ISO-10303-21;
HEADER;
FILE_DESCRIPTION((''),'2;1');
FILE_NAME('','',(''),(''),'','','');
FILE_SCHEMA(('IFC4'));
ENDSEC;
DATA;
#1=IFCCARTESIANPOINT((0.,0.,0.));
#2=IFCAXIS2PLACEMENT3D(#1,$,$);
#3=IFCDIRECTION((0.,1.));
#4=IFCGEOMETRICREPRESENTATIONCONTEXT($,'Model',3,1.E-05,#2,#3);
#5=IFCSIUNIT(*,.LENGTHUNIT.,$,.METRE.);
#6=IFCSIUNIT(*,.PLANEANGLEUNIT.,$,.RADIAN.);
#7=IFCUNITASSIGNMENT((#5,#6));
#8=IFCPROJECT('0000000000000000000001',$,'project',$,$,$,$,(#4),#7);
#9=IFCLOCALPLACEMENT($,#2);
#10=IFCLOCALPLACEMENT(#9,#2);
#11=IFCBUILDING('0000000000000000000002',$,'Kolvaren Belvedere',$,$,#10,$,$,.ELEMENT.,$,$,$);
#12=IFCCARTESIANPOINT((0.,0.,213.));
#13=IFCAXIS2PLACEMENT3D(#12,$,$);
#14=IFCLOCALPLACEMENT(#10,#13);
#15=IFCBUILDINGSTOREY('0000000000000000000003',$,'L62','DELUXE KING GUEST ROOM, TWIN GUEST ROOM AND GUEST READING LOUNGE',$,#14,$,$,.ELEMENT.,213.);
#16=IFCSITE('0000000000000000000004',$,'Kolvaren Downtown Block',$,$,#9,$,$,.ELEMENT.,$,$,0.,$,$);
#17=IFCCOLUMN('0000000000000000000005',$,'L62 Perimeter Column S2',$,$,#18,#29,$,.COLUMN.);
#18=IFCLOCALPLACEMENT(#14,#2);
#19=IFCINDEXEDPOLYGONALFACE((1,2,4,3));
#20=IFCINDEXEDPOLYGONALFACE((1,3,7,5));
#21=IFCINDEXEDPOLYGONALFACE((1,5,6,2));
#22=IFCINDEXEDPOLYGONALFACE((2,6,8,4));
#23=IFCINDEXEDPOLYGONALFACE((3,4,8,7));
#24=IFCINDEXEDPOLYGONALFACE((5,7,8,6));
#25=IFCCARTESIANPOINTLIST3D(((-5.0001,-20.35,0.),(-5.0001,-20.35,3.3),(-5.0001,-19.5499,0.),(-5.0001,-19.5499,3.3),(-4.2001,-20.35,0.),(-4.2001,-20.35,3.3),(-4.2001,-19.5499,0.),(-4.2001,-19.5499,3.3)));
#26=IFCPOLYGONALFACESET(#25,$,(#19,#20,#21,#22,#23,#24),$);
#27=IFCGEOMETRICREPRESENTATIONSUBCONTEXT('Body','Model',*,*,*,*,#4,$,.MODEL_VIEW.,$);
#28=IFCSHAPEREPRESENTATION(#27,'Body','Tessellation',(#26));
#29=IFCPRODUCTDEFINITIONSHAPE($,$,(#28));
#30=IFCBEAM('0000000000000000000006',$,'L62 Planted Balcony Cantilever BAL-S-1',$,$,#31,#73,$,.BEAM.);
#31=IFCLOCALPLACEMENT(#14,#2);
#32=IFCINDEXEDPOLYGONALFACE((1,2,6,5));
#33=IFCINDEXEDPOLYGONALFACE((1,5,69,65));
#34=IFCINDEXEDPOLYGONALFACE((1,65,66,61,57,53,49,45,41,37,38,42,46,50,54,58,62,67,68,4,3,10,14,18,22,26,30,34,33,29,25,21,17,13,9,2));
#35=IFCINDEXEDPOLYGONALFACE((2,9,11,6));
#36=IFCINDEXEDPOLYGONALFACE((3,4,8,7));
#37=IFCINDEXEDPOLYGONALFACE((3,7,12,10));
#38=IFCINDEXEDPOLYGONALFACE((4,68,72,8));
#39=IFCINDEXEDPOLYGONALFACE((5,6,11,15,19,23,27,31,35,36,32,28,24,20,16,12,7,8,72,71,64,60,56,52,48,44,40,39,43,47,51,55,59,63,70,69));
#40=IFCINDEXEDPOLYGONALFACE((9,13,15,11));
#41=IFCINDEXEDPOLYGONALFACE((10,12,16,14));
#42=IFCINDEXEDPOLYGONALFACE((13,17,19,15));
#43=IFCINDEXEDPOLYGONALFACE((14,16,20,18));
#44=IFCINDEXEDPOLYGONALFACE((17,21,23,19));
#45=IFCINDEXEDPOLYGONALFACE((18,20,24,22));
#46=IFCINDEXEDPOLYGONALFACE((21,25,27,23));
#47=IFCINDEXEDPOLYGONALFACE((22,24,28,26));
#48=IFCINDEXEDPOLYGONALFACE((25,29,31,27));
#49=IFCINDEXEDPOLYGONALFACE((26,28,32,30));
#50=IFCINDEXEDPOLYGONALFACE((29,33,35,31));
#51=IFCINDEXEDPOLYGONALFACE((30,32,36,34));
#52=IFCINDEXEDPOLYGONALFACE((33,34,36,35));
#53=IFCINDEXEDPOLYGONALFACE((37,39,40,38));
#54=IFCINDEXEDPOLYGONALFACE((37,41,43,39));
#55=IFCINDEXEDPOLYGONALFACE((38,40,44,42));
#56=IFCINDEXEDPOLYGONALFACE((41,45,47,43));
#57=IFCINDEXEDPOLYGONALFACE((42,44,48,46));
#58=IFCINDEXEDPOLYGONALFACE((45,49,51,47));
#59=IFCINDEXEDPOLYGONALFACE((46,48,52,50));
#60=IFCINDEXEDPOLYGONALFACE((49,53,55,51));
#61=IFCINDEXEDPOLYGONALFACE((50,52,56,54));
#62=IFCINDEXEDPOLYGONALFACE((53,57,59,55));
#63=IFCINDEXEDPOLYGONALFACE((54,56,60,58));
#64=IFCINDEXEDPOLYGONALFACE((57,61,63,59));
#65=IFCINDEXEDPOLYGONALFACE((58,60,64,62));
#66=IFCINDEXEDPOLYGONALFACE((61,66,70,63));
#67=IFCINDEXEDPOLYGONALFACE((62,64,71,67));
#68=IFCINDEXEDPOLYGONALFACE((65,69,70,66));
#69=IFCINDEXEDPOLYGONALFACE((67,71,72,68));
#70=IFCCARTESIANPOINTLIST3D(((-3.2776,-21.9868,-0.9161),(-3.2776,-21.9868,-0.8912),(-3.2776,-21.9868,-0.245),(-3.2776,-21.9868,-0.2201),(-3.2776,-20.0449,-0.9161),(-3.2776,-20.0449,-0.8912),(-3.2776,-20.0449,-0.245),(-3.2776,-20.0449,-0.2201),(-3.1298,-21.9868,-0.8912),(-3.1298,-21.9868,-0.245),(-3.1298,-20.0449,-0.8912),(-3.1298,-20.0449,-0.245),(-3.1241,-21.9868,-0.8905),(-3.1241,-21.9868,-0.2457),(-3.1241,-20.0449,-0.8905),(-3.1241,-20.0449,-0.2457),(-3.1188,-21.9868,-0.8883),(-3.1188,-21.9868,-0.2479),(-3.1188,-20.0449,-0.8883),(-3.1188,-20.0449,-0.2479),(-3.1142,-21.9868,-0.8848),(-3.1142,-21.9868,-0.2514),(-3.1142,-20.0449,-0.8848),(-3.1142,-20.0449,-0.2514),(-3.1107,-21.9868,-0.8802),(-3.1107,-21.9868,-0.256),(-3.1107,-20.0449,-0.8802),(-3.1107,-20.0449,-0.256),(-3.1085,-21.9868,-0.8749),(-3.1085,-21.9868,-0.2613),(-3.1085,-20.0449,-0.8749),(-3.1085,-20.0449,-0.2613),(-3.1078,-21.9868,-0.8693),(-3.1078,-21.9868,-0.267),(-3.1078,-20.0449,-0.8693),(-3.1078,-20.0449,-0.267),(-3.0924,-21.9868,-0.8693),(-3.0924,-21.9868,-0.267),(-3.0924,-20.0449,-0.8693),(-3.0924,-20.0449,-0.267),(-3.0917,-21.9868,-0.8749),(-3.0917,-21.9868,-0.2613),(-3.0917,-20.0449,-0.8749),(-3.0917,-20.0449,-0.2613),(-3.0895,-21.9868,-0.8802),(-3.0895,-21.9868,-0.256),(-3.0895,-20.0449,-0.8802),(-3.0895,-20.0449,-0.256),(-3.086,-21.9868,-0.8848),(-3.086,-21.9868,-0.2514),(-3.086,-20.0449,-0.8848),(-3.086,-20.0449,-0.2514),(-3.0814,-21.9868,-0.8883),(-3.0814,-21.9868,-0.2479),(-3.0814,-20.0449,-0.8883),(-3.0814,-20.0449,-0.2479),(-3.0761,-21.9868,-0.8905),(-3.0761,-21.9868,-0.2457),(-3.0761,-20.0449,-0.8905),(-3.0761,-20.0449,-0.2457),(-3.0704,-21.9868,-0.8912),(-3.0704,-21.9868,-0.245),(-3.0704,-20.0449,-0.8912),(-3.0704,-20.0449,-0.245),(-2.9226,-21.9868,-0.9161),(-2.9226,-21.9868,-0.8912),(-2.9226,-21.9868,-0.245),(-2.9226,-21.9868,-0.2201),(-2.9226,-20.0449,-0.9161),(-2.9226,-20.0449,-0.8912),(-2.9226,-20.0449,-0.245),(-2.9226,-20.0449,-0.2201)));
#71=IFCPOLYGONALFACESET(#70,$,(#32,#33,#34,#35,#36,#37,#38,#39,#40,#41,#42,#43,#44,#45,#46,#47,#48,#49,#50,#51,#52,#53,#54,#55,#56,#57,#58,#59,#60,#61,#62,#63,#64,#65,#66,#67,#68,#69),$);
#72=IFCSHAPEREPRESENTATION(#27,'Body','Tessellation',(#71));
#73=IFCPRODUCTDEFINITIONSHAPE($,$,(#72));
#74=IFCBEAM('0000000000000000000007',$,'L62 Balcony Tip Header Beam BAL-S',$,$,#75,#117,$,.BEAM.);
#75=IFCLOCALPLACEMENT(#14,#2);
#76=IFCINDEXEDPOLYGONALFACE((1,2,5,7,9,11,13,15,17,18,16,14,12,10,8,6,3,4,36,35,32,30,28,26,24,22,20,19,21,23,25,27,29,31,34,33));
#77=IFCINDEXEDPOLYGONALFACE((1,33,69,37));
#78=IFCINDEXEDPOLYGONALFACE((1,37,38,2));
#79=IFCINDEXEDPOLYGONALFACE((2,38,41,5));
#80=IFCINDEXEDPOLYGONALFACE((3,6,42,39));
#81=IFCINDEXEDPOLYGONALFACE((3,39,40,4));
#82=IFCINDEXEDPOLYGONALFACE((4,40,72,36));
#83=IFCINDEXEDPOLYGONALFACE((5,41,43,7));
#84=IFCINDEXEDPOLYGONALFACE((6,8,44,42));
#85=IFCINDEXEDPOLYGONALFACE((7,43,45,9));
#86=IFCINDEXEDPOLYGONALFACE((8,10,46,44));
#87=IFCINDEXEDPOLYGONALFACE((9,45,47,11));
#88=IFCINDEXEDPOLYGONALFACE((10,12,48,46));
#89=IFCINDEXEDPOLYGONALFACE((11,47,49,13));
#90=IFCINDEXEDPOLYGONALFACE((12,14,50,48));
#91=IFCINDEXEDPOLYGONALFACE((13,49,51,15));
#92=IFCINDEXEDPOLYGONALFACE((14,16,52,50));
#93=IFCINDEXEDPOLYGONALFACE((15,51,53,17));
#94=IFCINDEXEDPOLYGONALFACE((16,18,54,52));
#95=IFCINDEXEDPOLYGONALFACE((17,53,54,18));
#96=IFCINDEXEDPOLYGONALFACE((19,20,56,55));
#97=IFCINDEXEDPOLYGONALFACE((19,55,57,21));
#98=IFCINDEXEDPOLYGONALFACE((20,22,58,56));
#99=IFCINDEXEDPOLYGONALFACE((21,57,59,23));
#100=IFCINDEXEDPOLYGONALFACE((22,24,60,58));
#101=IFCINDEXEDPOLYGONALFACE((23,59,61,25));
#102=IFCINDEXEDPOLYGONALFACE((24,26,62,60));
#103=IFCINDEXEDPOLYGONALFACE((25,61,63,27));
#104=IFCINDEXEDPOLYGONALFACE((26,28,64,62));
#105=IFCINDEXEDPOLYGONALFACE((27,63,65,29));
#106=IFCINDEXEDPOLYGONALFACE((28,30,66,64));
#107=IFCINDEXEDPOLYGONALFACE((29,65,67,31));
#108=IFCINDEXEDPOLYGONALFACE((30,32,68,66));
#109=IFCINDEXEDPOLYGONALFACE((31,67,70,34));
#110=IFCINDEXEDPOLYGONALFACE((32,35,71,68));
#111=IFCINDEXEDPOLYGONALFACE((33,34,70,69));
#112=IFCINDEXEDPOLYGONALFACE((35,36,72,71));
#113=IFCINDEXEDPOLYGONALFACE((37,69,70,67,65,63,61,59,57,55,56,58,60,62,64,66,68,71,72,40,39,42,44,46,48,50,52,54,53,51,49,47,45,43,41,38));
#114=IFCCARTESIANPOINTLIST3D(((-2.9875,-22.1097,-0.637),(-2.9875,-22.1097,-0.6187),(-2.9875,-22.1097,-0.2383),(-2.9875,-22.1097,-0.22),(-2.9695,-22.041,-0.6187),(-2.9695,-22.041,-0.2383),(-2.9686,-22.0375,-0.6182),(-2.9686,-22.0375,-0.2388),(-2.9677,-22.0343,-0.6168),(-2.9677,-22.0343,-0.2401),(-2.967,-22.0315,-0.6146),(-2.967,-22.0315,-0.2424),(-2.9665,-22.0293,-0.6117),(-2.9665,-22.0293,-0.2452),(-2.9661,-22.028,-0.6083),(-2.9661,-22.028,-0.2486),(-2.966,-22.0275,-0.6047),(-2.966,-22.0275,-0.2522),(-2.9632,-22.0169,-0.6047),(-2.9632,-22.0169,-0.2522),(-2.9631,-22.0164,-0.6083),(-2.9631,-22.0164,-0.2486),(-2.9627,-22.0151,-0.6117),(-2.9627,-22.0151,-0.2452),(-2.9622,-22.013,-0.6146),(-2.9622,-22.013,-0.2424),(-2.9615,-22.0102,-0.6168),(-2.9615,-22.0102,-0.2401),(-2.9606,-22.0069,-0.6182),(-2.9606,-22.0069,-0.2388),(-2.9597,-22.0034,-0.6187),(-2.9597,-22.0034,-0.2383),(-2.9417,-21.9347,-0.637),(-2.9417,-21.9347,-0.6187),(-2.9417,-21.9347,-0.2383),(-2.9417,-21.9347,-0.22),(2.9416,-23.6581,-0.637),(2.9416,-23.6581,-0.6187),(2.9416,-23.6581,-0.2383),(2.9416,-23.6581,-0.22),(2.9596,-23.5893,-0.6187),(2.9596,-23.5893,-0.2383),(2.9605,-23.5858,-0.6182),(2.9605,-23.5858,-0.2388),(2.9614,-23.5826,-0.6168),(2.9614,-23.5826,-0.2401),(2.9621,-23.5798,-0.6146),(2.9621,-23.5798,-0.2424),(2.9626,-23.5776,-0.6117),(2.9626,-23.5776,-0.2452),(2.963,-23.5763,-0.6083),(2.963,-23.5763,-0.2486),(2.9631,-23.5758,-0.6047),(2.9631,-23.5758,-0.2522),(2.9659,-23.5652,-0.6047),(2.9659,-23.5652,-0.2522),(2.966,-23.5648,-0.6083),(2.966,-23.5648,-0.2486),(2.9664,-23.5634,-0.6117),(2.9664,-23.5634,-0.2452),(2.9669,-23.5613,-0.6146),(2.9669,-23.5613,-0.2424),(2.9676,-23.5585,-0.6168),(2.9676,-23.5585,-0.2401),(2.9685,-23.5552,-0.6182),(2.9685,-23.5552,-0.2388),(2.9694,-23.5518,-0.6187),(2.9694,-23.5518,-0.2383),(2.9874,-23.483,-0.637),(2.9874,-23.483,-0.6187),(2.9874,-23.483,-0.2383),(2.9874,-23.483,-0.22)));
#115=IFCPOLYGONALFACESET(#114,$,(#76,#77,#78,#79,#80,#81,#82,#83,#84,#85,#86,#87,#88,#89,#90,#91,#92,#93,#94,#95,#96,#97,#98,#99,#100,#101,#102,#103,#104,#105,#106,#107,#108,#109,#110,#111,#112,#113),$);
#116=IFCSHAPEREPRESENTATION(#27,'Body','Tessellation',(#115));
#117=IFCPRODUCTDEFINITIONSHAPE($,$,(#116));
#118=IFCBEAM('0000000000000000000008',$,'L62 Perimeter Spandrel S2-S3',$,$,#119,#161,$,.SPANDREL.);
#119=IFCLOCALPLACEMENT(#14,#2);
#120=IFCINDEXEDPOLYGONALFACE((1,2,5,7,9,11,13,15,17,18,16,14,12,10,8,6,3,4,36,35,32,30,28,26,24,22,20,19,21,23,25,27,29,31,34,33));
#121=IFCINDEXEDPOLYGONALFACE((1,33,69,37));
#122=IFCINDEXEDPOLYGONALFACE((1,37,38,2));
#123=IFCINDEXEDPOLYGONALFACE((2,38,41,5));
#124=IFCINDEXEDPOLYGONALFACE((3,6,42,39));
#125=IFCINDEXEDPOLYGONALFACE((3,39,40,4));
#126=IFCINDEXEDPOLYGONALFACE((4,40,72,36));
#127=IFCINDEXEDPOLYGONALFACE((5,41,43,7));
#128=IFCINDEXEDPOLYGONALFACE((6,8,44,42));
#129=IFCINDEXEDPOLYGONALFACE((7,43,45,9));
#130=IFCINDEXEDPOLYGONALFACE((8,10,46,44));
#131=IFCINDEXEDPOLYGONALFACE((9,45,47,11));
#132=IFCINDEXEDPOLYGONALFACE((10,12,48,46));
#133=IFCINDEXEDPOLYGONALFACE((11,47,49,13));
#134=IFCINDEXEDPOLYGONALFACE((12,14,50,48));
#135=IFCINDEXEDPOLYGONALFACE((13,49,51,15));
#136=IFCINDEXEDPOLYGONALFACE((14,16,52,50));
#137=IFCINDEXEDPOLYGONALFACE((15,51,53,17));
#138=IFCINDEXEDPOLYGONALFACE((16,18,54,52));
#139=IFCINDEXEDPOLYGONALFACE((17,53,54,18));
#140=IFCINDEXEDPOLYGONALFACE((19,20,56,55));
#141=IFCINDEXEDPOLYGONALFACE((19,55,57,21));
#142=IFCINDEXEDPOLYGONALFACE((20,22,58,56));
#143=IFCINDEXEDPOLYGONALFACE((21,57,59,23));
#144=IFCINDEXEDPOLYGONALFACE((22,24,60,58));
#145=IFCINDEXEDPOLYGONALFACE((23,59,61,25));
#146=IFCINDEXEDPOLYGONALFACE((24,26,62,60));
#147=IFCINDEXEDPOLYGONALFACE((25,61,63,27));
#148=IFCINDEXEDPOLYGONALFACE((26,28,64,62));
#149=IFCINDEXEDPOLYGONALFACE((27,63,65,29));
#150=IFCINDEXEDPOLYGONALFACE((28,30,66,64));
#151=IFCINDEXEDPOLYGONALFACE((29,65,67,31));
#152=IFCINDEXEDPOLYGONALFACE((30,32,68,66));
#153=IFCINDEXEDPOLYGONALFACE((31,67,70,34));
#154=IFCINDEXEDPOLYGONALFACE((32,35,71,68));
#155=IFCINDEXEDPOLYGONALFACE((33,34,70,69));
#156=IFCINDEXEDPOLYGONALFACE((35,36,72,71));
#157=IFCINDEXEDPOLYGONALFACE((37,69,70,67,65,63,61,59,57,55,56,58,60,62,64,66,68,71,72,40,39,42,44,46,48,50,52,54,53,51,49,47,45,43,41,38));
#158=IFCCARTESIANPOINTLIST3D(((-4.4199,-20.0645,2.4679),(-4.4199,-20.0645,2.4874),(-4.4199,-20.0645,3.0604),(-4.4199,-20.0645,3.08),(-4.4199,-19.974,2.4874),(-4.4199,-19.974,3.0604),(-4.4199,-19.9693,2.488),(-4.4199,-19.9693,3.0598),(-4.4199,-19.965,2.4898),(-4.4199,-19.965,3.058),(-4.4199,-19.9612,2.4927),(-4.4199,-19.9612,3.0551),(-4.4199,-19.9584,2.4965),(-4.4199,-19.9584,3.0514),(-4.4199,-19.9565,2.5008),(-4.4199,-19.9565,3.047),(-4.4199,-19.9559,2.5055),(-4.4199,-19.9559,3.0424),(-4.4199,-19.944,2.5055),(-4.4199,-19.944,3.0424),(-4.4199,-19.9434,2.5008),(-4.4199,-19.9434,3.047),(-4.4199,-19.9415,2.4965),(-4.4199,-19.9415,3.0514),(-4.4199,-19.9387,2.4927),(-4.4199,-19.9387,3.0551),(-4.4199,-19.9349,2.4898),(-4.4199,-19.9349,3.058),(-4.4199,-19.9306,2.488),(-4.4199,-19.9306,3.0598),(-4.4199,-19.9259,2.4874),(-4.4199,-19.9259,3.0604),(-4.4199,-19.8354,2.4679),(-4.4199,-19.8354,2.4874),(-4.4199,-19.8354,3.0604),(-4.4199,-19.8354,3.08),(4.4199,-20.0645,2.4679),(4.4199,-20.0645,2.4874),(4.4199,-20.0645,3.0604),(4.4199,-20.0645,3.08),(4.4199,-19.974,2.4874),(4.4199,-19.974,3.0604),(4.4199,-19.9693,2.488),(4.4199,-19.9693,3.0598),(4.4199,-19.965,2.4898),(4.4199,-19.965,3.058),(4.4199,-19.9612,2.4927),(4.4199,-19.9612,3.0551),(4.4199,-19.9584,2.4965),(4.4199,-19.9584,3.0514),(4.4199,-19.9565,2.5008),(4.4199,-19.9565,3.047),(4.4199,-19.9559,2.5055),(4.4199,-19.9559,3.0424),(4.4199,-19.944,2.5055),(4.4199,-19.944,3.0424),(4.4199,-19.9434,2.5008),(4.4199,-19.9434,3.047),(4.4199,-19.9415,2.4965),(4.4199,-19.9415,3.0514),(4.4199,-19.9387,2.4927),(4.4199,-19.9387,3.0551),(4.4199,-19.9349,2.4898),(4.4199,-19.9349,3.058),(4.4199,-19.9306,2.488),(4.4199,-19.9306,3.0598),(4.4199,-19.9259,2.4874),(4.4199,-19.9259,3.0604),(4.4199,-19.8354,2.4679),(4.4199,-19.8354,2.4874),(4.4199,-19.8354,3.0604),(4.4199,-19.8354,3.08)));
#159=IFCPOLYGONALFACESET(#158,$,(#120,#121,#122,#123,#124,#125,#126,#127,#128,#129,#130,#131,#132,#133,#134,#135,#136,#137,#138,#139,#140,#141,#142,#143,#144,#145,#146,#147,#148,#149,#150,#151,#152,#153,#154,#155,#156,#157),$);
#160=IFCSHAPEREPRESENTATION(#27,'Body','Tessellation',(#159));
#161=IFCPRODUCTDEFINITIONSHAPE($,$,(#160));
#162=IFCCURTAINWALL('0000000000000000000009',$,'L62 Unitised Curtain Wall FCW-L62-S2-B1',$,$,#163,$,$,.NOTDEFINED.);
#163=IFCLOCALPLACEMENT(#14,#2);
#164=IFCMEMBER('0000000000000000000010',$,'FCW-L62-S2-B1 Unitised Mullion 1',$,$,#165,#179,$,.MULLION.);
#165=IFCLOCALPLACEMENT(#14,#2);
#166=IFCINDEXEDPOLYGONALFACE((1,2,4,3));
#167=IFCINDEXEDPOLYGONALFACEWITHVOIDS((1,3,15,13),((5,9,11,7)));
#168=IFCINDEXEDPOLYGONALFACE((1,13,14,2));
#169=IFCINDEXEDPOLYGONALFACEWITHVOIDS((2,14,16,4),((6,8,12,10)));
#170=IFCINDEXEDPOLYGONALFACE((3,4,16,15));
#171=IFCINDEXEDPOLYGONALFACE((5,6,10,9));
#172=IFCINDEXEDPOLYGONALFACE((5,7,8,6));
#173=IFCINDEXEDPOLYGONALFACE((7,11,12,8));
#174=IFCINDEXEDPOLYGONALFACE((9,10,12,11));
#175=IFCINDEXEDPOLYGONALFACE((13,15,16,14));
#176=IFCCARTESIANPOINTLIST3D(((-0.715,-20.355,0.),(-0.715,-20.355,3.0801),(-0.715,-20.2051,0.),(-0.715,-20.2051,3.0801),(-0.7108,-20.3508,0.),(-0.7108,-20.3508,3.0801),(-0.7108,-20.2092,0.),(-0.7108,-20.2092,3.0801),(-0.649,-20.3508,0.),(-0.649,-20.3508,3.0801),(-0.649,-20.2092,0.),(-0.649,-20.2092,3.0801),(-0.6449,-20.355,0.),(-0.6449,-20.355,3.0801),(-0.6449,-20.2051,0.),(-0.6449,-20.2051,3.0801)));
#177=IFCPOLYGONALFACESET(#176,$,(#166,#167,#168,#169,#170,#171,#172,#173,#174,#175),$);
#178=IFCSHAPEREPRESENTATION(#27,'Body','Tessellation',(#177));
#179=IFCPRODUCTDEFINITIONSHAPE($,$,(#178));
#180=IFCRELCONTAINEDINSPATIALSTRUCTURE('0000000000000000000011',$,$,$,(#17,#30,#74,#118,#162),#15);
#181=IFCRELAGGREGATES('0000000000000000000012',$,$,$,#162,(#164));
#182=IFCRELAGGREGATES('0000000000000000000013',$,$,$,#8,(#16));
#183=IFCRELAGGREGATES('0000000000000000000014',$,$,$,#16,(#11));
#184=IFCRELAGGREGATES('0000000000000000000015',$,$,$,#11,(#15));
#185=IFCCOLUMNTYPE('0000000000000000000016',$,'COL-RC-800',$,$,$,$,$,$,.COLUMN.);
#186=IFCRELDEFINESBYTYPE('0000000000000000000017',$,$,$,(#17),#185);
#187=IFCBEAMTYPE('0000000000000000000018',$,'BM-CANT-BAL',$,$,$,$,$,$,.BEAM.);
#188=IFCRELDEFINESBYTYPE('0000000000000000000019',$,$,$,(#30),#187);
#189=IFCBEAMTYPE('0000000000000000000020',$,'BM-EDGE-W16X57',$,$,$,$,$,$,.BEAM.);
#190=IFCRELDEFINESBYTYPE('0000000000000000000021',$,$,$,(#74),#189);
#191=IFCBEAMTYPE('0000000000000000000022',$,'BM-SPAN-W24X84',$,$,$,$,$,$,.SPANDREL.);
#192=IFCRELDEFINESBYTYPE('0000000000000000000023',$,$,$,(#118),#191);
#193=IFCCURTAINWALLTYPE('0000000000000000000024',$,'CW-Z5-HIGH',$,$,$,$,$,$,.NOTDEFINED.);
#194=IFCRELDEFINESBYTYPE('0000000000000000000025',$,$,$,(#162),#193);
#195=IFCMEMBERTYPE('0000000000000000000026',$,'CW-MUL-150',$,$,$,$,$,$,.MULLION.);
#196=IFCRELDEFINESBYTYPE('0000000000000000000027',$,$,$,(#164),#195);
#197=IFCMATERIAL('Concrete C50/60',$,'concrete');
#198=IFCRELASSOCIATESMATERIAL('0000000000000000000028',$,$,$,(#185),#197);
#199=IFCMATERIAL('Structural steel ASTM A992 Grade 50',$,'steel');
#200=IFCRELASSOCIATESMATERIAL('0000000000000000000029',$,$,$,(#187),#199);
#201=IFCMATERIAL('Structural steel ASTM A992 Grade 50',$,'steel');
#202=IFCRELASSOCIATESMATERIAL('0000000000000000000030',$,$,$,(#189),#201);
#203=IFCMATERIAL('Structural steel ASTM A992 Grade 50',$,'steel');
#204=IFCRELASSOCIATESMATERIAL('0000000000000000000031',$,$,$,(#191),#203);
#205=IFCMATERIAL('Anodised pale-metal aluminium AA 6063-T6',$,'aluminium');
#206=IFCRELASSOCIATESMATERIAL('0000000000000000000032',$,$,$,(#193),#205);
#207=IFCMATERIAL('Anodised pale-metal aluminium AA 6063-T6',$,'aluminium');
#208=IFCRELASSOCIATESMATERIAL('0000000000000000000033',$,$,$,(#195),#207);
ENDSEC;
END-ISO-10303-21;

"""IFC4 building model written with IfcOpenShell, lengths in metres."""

from ifc_helpers import new_model, si_unit, direction, frame, origin, origin_2d, place, context, subcontext, project, spatial, rectangle, hollow_rectangle, i_section, extrude, material, material_profile, profile_set, type_object, element, aggregate, save


model = new_model("IFC4")

# Units and contexts
model_context = context("Model", 3, precision=1e-05, world=origin(), true_north=direction((0.0, 1.0)))
body_context = subcontext(model_context, "Body", "Model", "MODEL_VIEW")
ifc_project = project(units=[si_unit("LENGTHUNIT", "METRE"), si_unit("PLANEANGLEUNIT", "RADIAN")], contexts=[model_context])

# Site, building, storey
site_placement = place(None, origin())
site = spatial("IfcSite", under=ifc_project, at=site_placement, Name="Kolvaren Downtown Block", CompositionType="ELEMENT", RefElevation=0.0)
building_placement = place(site_placement, origin())
building = spatial("IfcBuilding", under=site, at=building_placement, Name="Kolvaren Belvedere", CompositionType="ELEMENT")
storey_placement = place(building_placement, frame((0.0, 0.0, 213.0)))
storey = spatial("IfcBuildingStorey", under=building, at=storey_placement, Name="L62", Description="DELUXE KING GUEST ROOM, TWIN GUEST ROOM AND GUEST READING LOUNGE", CompositionType="ELEMENT", Elevation=213.0)

# Column
ifc_material_1 = material(Name="Concrete C50/60", Category="concrete")
ifc_material_profile_1 = material_profile(ifc_material_1, rectangle(XDim=0.8, YDim=0.8, at=origin_2d()), Name="RC 800X800")
ifc_profile_set_1 = profile_set([ifc_material_profile_1], Name="Concrete C50/60")
column_type = type_object("IfcColumnType", Name="COL-RC-800", PredefinedType="COLUMN", material=ifc_profile_set_1)
column_placement = place(storey_placement, frame((-4.6001, -19.95, 0.0), z_axis=(0.0, 0.0, 1.0), x_axis=(1.0, 0.0, 0.0)))
element("IfcColumn", 1, at=column_placement, inside=storey, type_object=column_type, Name="L62 Perimeter Column S2", PredefinedType="COLUMN", context=body_context, shape_type="SweptSolid", body=[
    extrude(rectangle(XDim=0.8, YDim=0.8, at=origin_2d()), origin(), (0.0, 0.0, 1.0), 3.3),
])

# Beams
ifc_material_2 = material(Name="Structural steel ASTM A992 Grade 50", Category="steel")
ifc_material_profile_2 = material_profile(ifc_material_2, i_section(OverallWidth=0.355, OverallDepth=0.696, WebThickness=0.0154, FlangeThickness=0.0249, FilletRadius=0.022, at=origin_2d()), Name="W27X146")
ifc_profile_set_2 = profile_set([ifc_material_profile_2], Name="Structural steel ASTM A992 Grade 50")
beam_type_1 = type_object("IfcBeamType", Name="BM-CANT-BAL", PredefinedType="BEAM", material=ifc_profile_set_2)
beam_1_placement = place(storey_placement, frame((-3.1001, -20.0449, -0.5681), z_axis=(0.0, -1.0, 0.0), x_axis=(1.0, 0.0, 0.0)))
element("IfcBeam", 2, at=beam_1_placement, inside=storey, type_object=beam_type_1, Name="L62 Planted Balcony Cantilever BAL-S-1", PredefinedType="BEAM", context=body_context, shape_type="SweptSolid", body=[
    extrude(i_section(OverallWidth=0.355, OverallDepth=0.696, WebThickness=0.0154, FlangeThickness=0.0249, FilletRadius=0.022, at=origin_2d()), origin(), (0.0, 0.0, 1.0), 1.9419),
])
ifc_material_3 = material(Name="Structural steel ASTM A992 Grade 50", Category="steel")
ifc_material_profile_3 = material_profile(ifc_material_3, i_section(OverallWidth=0.1809, OverallDepth=0.417, WebThickness=0.011, FlangeThickness=0.0183, FilletRadius=0.0139, at=origin_2d()), Name="W16X57")
ifc_profile_set_3 = profile_set([ifc_material_profile_3], Name="Structural steel ASTM A992 Grade 50")
beam_type_2 = type_object("IfcBeamType", Name="BM-EDGE-W16X57", PredefinedType="BEAM", material=ifc_profile_set_3)
beam_2_placement = place(storey_placement, frame((-2.9646, -22.0222, -0.4285), z_axis=(0.967554, -0.252665, 0.0), x_axis=(0.252665, 0.967554, 0.0)))
element("IfcBeam", 3, at=beam_2_placement, inside=storey, type_object=beam_type_2, Name="L62 Balcony Tip Header Beam BAL-S", PredefinedType="BEAM", context=body_context, shape_type="SweptSolid", body=[
    extrude(i_section(OverallWidth=0.1809, OverallDepth=0.417, WebThickness=0.011, FlangeThickness=0.0183, FilletRadius=0.0139, at=origin_2d()), origin(), (0.0, 0.0, 1.0), 6.1279),
])
ifc_material_4 = material(Name="Structural steel ASTM A992 Grade 50", Category="steel")
ifc_material_profile_4 = material_profile(ifc_material_4, i_section(OverallWidth=0.229, OverallDepth=0.6121, WebThickness=0.012, FlangeThickness=0.0195, FilletRadius=0.0181, at=origin_2d()), Name="W24X84")
ifc_profile_set_4 = profile_set([ifc_material_profile_4], Name="Structural steel ASTM A992 Grade 50")
beam_type_3 = type_object("IfcBeamType", Name="BM-SPAN-W24X84", PredefinedType="SPANDREL", material=ifc_profile_set_4)
beam_3_placement = place(storey_placement, frame((-4.4199, -19.95, 2.7739), z_axis=(1.0, 0.0, 0.0), x_axis=(0.0, 1.0, 0.0)))
element("IfcBeam", 4, at=beam_3_placement, inside=storey, type_object=beam_type_3, Name="L62 Perimeter Spandrel S2-S3", PredefinedType="SPANDREL", context=body_context, shape_type="SweptSolid", body=[
    extrude(i_section(OverallWidth=0.229, OverallDepth=0.6121, WebThickness=0.012, FlangeThickness=0.0195, FilletRadius=0.0181, at=origin_2d()), origin(), (0.0, 0.0, 1.0), 8.8398),
])

# Curtain wall, member
ifc_material_5 = material(Name="Anodised pale-metal aluminium AA 6063-T6", Category="aluminium")
curtain_wall_type = type_object("IfcCurtainWallType", Name="CW-Z5-HIGH", PredefinedType="NOTDEFINED", material=ifc_material_5)
curtain_wall_1_placement = place(storey_placement, origin())
curtain_wall_1 = element("IfcCurtainWall", 5, at=curtain_wall_1_placement, inside=storey, type_object=curtain_wall_type, Name="L62 Unitised Curtain Wall FCW-L62-S2-B1", PredefinedType="NOTDEFINED")
ifc_material_6 = material(Name="Anodised pale-metal aluminium AA 6063-T6", Category="aluminium")
ifc_material_profile_5 = material_profile(ifc_material_6, hollow_rectangle(XDim=0.0701, YDim=0.1499, WallThickness=0.0042, at=origin_2d()), Name="ALU-MUL-150X70")
ifc_profile_set_5 = profile_set([ifc_material_profile_5], Name="Anodised pale-metal aluminium AA 6063-T6")
member_type_1 = type_object("IfcMemberType", Name="CW-MUL-150", PredefinedType="MULLION", material=ifc_profile_set_5)
member_1_placement = place(storey_placement, frame((-0.6799, -20.28, 0.0), z_axis=(0.0, 0.0, 1.0), x_axis=(1.0, 0.0, 0.0)))
member_1 = element("IfcMember", 6, at=member_1_placement, type_object=member_type_1, Name="FCW-L62-S2-B1 Unitised Mullion 1", PredefinedType="MULLION", context=body_context, shape_type="SweptSolid", body=[
    extrude(hollow_rectangle(XDim=0.0701, YDim=0.1499, WallThickness=0.0042, at=origin_2d()), origin(), (0.0, 0.0, 1.0), 3.0801),
])

aggregate(curtain_wall_1, [member_1])

save(model, "model.ifc")
